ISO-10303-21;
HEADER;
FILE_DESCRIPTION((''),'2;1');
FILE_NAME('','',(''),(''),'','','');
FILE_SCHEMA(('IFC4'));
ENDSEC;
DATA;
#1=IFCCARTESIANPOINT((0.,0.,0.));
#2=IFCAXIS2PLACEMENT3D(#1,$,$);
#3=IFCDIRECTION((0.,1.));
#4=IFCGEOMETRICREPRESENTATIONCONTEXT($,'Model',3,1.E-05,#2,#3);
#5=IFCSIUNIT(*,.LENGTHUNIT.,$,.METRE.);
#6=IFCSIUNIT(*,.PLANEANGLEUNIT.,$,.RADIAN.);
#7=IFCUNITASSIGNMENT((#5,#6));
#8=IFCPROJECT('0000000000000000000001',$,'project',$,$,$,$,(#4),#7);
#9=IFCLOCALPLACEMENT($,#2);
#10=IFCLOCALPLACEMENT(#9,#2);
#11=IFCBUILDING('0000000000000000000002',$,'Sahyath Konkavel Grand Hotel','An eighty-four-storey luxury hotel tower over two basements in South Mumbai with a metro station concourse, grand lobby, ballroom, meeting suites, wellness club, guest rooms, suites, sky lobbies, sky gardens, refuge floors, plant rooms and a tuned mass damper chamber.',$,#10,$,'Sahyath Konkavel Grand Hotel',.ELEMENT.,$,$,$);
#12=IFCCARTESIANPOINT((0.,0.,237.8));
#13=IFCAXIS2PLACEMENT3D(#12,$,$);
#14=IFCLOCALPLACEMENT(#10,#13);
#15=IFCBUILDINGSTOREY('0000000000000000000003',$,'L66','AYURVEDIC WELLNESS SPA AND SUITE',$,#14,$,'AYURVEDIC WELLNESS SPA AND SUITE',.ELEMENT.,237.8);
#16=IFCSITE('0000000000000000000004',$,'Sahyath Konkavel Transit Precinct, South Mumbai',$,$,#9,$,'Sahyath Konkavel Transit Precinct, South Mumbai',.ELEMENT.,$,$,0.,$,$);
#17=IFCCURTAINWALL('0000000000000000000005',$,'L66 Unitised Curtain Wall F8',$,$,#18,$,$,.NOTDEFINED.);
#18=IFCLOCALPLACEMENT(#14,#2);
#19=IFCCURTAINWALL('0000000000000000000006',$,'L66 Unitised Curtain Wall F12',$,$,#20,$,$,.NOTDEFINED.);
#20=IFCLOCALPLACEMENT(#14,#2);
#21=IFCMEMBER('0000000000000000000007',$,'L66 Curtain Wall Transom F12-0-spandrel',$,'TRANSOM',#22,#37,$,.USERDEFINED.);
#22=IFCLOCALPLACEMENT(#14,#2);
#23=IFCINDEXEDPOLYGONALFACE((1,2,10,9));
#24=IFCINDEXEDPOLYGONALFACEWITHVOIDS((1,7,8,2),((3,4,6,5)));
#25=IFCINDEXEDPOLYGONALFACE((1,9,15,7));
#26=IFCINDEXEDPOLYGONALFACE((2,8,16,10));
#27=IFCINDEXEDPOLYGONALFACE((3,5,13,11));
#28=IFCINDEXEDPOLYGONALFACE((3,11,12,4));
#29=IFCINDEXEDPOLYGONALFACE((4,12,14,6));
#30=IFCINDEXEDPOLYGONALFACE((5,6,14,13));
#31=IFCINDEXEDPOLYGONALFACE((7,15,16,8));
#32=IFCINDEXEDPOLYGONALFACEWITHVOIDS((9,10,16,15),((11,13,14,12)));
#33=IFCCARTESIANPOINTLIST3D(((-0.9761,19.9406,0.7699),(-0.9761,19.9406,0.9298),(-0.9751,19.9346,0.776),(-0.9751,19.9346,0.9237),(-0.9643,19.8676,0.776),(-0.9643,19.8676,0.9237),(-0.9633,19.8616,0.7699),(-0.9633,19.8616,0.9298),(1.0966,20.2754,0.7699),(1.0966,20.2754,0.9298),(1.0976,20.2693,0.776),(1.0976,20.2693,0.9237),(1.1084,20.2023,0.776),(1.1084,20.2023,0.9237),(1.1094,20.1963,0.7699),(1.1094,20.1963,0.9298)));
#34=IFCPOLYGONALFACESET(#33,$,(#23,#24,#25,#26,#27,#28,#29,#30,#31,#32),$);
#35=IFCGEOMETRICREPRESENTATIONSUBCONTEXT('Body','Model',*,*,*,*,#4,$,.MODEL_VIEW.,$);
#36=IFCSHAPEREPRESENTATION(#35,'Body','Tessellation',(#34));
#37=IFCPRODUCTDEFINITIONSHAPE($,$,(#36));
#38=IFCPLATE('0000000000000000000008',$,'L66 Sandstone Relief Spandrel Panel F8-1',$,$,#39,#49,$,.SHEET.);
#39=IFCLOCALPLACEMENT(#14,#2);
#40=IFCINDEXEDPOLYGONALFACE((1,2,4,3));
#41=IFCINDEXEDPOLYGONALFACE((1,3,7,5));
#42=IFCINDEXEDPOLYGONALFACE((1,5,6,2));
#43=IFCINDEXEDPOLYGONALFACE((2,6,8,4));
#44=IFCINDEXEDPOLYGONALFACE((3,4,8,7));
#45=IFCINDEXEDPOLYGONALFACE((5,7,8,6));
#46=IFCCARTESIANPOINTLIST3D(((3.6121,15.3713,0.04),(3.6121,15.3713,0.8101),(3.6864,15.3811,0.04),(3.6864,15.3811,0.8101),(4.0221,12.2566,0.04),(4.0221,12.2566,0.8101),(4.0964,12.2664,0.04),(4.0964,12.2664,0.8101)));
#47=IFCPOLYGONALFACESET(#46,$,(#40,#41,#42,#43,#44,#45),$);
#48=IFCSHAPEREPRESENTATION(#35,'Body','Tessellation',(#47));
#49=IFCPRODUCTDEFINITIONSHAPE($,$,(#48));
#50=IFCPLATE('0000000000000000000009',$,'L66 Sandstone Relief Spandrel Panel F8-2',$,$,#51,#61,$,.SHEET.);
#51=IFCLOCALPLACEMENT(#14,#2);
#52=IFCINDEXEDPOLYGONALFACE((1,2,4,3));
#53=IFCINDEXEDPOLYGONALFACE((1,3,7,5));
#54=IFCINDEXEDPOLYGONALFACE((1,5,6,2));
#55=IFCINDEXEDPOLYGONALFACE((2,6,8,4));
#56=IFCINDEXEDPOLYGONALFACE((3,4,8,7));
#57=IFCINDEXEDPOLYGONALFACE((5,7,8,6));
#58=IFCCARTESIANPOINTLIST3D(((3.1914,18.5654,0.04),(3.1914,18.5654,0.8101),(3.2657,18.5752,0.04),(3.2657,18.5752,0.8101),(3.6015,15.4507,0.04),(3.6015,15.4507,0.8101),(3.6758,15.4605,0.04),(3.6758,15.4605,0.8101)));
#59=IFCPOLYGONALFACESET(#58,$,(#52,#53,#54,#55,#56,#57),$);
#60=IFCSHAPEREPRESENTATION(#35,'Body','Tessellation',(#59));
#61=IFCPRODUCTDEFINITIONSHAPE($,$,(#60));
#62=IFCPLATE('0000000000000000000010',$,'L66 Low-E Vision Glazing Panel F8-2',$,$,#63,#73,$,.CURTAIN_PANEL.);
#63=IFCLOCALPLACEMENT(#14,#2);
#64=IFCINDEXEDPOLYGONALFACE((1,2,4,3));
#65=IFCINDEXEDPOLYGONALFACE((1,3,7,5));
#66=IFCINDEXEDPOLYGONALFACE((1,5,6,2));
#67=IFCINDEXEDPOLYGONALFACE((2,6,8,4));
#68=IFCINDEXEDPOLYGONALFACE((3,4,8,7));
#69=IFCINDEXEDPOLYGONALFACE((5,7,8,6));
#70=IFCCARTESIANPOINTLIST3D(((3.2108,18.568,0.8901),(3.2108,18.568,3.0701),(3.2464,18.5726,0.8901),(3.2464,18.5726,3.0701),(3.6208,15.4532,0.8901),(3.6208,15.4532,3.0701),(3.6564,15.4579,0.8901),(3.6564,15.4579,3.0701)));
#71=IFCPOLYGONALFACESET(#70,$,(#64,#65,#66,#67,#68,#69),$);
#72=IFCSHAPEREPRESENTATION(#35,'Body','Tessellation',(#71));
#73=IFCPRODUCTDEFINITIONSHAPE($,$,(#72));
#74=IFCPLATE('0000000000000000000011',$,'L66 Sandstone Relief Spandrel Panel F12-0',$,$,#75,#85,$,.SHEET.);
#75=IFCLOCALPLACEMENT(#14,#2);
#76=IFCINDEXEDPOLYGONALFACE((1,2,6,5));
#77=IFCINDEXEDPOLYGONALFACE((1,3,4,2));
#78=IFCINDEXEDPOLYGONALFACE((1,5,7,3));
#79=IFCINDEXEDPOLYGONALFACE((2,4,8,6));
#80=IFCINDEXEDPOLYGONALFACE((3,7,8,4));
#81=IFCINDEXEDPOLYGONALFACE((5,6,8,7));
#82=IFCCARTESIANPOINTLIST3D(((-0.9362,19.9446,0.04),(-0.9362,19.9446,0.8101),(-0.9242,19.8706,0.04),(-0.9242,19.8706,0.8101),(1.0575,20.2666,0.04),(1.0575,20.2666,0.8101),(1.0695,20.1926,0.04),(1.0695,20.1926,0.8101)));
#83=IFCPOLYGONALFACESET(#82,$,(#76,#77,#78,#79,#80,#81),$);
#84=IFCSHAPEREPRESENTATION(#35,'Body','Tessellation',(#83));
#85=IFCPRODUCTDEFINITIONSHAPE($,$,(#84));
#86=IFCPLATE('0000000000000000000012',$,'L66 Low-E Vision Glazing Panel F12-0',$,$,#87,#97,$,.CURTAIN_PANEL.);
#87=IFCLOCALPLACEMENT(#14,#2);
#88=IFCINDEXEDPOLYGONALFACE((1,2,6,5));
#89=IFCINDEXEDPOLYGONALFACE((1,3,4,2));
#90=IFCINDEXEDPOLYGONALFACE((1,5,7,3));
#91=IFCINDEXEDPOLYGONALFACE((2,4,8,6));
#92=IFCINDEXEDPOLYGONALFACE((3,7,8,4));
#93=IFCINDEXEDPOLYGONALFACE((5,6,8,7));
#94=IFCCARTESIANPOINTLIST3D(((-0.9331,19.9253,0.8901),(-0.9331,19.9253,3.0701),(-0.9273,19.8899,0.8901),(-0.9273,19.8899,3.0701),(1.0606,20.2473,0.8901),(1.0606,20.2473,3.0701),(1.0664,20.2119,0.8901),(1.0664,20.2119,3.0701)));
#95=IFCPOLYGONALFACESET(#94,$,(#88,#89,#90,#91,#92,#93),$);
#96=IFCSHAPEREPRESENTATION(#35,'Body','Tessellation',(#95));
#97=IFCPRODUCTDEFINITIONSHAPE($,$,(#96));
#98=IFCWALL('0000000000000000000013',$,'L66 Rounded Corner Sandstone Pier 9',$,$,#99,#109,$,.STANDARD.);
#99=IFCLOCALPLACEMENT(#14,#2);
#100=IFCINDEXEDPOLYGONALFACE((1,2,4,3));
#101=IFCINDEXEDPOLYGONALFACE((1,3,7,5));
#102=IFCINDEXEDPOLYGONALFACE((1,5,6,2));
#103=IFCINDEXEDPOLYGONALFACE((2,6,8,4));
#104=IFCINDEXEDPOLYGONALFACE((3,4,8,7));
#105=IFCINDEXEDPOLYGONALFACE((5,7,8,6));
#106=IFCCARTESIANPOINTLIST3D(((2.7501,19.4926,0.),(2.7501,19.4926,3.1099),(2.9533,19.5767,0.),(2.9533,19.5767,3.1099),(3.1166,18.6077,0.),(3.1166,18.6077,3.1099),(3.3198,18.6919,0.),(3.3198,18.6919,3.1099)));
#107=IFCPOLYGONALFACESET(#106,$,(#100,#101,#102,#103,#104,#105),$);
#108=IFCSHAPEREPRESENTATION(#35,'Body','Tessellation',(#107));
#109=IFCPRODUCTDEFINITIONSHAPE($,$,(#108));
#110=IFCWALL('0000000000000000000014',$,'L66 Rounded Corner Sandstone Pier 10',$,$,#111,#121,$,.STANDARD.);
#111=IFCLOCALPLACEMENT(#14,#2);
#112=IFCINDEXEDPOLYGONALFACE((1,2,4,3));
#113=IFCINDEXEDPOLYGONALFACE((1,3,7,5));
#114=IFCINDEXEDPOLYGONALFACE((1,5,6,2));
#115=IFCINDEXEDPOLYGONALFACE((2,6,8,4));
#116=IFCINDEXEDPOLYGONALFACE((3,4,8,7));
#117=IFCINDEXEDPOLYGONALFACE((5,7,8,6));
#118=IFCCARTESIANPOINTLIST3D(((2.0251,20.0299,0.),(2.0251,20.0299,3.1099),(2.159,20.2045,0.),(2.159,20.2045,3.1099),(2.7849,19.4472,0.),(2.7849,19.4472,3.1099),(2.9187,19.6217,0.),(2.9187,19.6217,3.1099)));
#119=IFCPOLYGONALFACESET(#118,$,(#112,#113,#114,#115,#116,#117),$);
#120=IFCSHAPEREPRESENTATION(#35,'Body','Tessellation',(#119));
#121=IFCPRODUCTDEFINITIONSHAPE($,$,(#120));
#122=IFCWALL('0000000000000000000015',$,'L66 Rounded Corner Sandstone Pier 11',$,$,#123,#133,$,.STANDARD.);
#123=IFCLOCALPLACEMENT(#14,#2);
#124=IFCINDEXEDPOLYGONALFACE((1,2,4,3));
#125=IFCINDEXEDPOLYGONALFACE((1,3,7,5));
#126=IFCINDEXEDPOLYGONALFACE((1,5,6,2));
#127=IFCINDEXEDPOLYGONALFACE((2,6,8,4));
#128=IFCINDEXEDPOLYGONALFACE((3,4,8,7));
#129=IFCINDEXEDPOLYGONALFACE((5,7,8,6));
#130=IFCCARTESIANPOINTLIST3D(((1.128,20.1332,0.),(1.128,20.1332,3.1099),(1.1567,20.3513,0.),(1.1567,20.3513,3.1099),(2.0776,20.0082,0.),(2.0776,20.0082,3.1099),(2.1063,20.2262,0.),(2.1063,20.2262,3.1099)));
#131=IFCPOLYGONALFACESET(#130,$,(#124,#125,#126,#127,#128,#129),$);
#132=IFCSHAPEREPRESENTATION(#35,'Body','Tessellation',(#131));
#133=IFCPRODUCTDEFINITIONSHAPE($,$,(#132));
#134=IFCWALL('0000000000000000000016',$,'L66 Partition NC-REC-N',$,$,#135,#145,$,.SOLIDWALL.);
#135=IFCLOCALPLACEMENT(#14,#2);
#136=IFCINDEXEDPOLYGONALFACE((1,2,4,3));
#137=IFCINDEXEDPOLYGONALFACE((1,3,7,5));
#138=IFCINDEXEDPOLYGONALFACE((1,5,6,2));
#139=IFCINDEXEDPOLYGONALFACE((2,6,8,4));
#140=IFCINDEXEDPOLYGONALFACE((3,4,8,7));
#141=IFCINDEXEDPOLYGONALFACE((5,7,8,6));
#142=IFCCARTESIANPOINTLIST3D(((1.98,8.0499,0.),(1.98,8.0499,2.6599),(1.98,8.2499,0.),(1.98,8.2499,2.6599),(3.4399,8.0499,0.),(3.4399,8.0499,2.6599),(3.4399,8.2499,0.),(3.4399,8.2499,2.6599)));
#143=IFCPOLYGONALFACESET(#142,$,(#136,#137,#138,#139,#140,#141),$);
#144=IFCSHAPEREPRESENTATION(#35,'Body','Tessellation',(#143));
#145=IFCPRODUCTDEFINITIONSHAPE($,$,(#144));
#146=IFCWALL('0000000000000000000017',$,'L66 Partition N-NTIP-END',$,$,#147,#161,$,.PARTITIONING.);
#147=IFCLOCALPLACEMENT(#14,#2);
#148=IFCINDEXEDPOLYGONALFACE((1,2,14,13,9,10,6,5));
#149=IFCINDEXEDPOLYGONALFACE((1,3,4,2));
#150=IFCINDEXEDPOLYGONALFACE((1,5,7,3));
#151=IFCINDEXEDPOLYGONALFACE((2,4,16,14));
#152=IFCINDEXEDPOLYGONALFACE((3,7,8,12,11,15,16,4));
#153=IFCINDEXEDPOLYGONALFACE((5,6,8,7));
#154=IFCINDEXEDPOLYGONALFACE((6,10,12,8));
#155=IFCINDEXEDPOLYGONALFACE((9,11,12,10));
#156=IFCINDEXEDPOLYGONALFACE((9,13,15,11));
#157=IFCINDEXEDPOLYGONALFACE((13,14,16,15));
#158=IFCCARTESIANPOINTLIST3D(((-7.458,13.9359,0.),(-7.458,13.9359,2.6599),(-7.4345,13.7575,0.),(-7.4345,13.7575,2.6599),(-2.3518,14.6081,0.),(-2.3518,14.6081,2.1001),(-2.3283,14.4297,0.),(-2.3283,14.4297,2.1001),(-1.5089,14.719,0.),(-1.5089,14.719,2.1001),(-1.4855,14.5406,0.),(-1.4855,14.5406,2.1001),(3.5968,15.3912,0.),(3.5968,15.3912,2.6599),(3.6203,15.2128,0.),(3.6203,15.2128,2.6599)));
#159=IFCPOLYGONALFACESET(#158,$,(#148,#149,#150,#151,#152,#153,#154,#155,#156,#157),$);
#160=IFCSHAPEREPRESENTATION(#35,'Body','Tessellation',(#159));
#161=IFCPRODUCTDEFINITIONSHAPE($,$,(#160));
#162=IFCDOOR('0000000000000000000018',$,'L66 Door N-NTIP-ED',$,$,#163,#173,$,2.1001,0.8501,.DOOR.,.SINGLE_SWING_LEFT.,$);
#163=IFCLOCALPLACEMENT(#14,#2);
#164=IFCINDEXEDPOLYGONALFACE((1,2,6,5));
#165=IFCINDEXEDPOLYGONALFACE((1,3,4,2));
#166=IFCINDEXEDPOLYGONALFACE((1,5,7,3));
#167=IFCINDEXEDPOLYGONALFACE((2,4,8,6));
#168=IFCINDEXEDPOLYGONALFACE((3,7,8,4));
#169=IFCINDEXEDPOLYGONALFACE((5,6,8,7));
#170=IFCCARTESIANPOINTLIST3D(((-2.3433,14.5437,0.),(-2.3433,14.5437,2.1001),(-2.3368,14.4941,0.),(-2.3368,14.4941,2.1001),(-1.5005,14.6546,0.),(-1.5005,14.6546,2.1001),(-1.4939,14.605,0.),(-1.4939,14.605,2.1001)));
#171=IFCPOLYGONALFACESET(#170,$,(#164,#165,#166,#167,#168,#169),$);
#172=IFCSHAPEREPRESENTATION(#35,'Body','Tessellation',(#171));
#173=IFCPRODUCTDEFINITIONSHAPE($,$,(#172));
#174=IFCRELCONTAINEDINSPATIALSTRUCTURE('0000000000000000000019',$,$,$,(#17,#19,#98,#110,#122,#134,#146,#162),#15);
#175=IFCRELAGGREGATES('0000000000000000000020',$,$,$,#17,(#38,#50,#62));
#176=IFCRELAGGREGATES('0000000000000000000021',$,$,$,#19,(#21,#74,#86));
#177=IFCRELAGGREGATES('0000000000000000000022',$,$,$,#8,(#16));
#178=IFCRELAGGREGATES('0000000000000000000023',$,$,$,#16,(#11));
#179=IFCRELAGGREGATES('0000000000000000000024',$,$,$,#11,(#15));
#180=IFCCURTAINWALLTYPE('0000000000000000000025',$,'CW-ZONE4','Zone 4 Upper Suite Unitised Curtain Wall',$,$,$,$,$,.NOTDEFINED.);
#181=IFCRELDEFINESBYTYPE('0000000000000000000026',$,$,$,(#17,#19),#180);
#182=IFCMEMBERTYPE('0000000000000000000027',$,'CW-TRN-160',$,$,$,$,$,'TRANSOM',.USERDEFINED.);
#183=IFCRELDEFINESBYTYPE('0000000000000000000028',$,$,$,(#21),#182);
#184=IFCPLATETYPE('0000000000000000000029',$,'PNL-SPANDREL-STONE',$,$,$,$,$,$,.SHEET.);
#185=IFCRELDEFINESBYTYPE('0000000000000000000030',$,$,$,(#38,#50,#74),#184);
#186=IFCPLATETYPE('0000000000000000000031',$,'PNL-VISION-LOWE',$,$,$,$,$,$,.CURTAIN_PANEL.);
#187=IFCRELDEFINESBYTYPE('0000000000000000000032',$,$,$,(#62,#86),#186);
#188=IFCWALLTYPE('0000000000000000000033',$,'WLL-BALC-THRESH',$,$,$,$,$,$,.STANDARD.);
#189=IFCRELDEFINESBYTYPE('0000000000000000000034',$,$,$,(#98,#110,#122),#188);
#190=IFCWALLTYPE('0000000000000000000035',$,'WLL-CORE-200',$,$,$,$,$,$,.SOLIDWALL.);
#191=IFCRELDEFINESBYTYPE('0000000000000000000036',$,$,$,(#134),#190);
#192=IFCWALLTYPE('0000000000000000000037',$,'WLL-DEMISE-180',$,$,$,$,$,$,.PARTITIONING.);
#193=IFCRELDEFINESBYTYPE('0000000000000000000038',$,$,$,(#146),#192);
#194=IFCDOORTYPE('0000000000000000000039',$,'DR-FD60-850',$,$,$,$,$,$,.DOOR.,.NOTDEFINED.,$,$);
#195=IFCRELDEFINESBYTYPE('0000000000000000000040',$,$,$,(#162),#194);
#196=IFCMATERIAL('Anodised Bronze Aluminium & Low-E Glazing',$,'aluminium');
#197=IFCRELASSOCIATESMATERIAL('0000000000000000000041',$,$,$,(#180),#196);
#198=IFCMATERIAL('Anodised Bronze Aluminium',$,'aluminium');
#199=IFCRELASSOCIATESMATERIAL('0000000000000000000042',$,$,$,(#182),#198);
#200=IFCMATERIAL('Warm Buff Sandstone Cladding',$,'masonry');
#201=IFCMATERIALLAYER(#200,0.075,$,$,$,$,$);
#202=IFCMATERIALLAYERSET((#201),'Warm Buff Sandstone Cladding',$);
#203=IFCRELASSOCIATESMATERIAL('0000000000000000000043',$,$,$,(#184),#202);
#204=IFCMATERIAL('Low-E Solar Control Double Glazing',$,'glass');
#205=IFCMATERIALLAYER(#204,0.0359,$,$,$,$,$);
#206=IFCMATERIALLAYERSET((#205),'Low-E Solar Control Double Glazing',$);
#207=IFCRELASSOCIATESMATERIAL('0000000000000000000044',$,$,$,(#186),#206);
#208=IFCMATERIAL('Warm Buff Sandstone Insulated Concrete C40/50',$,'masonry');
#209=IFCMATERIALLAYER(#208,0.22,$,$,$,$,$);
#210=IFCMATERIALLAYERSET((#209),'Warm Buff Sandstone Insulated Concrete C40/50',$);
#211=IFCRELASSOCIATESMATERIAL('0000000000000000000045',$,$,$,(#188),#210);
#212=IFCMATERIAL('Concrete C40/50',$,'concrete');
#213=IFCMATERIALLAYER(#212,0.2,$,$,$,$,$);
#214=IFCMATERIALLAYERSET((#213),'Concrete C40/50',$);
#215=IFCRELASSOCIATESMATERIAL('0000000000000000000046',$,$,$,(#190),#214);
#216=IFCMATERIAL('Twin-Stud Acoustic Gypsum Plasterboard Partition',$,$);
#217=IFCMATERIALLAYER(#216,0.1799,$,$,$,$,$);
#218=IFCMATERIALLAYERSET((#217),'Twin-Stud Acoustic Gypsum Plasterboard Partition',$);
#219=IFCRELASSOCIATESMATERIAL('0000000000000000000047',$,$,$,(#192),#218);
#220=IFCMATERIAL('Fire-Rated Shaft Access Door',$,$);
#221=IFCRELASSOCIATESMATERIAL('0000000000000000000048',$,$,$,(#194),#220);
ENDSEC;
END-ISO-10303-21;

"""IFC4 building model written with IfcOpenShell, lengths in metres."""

from ifc_helpers import new_model, si_unit, direction, frame, frame_2d, origin, origin_2d, place, context, subcontext, project, spatial, rectangle, hollow_rectangle, extrude, source, transform, mapped, material, layer, layer_set, material_profile, profile_set, type_object, element, fill, aggregate, save


model = new_model("IFC4")

# Units and contexts
model_context = context("Model", 3, precision=1e-05, world=origin(), true_north=direction((0.0, 1.0)))
body_context = subcontext(model_context, "Body", "Model", "MODEL_VIEW")
ifc_project = project(units=[si_unit("LENGTHUNIT", "METRE"), si_unit("PLANEANGLEUNIT", "RADIAN")], contexts=[model_context])

# Site, building, storey
site_placement = place(None, origin())
site = spatial("IfcSite", under=ifc_project, at=site_placement, Name="Sahyath Konkavel Transit Precinct, South Mumbai", LongName="Sahyath Konkavel Transit Precinct, South Mumbai", CompositionType="ELEMENT", RefElevation=0.0)
building_placement = place(site_placement, origin())
building = spatial("IfcBuilding", under=site, at=building_placement, Name="Sahyath Konkavel Grand Hotel", Description="An eighty-four-storey luxury hotel tower over two basements in South Mumbai with a metro station concourse, grand lobby, ballroom, meeting suites, wellness club, guest rooms, suites, sky lobbies, sky gardens, refuge floors, plant rooms and a tuned mass damper chamber.", LongName="Sahyath Konkavel Grand Hotel", CompositionType="ELEMENT")
storey_placement = place(building_placement, frame((0.0, 0.0, 237.8)))
storey = spatial("IfcBuildingStorey", under=building, at=storey_placement, Name="L66", Description="AYURVEDIC WELLNESS SPA AND SUITE", LongName="AYURVEDIC WELLNESS SPA AND SUITE", CompositionType="ELEMENT", Elevation=237.8)

# Shared definitions
ifc_material_1 = material(Name="Concrete C40/50", Category="concrete")

# Curtain wall
ifc_material_2 = material(Name="Anodised Bronze Aluminium & Low-E Glazing", Category="aluminium")
curtain_wall_type = type_object("IfcCurtainWallType", Name="CW-ZONE4", Description="Zone 4 Upper Suite Unitised Curtain Wall", PredefinedType="NOTDEFINED", material=ifc_material_2)
curtain_wall_1_placement = place(storey_placement, origin())
curtain_wall_1 = element("IfcCurtainWall", 1, at=curtain_wall_1_placement, inside=storey, type_object=curtain_wall_type, Name="L66 Unitised Curtain Wall F8", PredefinedType="NOTDEFINED")
ifc_material_3 = material(Name="Anodised Bronze Aluminium", Category="aluminium")

# Curtain wall
curtain_wall_2_placement = place(storey_placement, origin())
curtain_wall_2 = element("IfcCurtainWall", 2, at=curtain_wall_2_placement, inside=storey, type_object=curtain_wall_type, Name="L66 Unitised Curtain Wall F12", PredefinedType="NOTDEFINED")

# Member
ifc_material_profile_1 = material_profile(ifc_material_3, hollow_rectangle(XDim=0.0801, YDim=0.1599, WallThickness=0.0061, at=origin_2d()), Name="RHS 160x80x6")
ifc_profile_set_1 = profile_set([ifc_material_profile_1], Name="Anodised Bronze Aluminium")
member_type_1 = type_object("IfcMemberType", Name="CW-TRN-160", ElementType="TRANSOM", PredefinedType="USERDEFINED", material=ifc_profile_set_1)
shared_shape_1 = source(origin(), body_context, "Body", "SweptSolid", [
    extrude(hollow_rectangle(XDim=0.0801, YDim=0.1599, WallThickness=0.0061, at=origin_2d()), origin(), (0.0, 0.0, 1.0), 2.0996),
])
member_1_placement = place(storey_placement, frame((1.103, 20.2358, 0.8499), z_axis=(-0.987211, -0.159419, 0.0), x_axis=(0.159419, -0.987211, 0.0)))
member_1 = element("IfcMember", 3, at=member_1_placement, type_object=member_type_1, Name="L66 Curtain Wall Transom F12-0-spandrel", ObjectType="TRANSOM", PredefinedType="USERDEFINED", context=body_context, shape_type="MappedRepresentation", body=[
    mapped(shared_shape_1, transform((0.0, 0.0, 0.0), scale=1.0)),
])

# Plates
ifc_material_4 = material(Name="Warm Buff Sandstone Cladding", Category="masonry")
ifc_layer_1 = layer(ifc_material_4, 0.075)
ifc_layer_set_1 = layer_set([ifc_layer_1], Name="Warm Buff Sandstone Cladding")
plate_type_1 = type_object("IfcPlateType", Name="PNL-SPANDREL-STONE", PredefinedType="SHEET", material=ifc_layer_set_1)
shared_shape_2 = source(origin(), body_context, "Body", "SweptSolid", [
    extrude(rectangle(XDim=3.1416, YDim=0.075, at=origin_2d()), origin(), (0.0, 0.0, 1.0), 0.77),
])
plate_1_placement = place(storey_placement, frame((3.8542, 13.8188, 0.04), z_axis=(0.0, 0.0, 1.0), x_axis=(-0.130526, 0.991445, 0.0)))
plate_1 = element("IfcPlate", 4, at=plate_1_placement, type_object=plate_type_1, Name="L66 Sandstone Relief Spandrel Panel F8-1", PredefinedType="SHEET", context=body_context, shape_type="MappedRepresentation", body=[
    mapped(shared_shape_2, transform((0.0, 0.0, 0.0), scale=1.0)),
])
plate_2_placement = place(storey_placement, frame((3.4336, 17.0129, 0.04), z_axis=(0.0, 0.0, 1.0), x_axis=(-0.130526, 0.991445, 0.0)))
plate_2 = element("IfcPlate", 5, at=plate_2_placement, type_object=plate_type_1, Name="L66 Sandstone Relief Spandrel Panel F8-2", PredefinedType="SHEET", context=body_context, shape_type="MappedRepresentation", body=[
    mapped(shared_shape_2, transform((0.0, 0.0, 0.0), scale=1.0)),
])
ifc_material_5 = material(Name="Low-E Solar Control Double Glazing", Category="glass")
ifc_layer_2 = layer(ifc_material_5, 0.0359)
ifc_layer_set_2 = layer_set([ifc_layer_2], Name="Low-E Solar Control Double Glazing")
plate_type_2 = type_object("IfcPlateType", Name="PNL-VISION-LOWE", PredefinedType="CURTAIN_PANEL", material=ifc_layer_set_2)
shared_shape_3 = source(origin(), body_context, "Body", "SweptSolid", [
    extrude(rectangle(XDim=3.1416, YDim=0.0359, at=origin_2d()), origin(), (0.0, 0.0, 1.0), 2.1799),
])
plate_3_placement = place(storey_placement, frame((3.4336, 17.0129, 0.8901), z_axis=(0.0, 0.0, 1.0), x_axis=(-0.130526, 0.991445, 0.0)))
plate_3 = element("IfcPlate", 6, at=plate_3_placement, type_object=plate_type_2, Name="L66 Low-E Vision Glazing Panel F8-2", PredefinedType="CURTAIN_PANEL", context=body_context, shape_type="MappedRepresentation", body=[
    mapped(shared_shape_3, transform((0.0, 0.0, 0.0), scale=1.0)),
])
aggregate(curtain_wall_1, [plate_1, plate_2, plate_3])
shared_shape_4 = source(origin(), body_context, "Body", "SweptSolid", [
    extrude(rectangle(XDim=2.0195, YDim=0.075, at=origin_2d()), origin(), (0.0, 0.0, 1.0), 0.77),
])
plate_4_placement = place(storey_placement, frame((0.0667, 20.0686, 0.04), z_axis=(0.0, 0.0, 1.0), x_axis=(-0.987206, -0.15945, 0.0)))
plate_4 = element("IfcPlate", 7, at=plate_4_placement, type_object=plate_type_1, Name="L66 Sandstone Relief Spandrel Panel F12-0", PredefinedType="SHEET", context=body_context, shape_type="MappedRepresentation", body=[
    mapped(shared_shape_4, transform((0.0, 0.0, 0.0), scale=1.0)),
])
shared_shape_5 = source(origin(), body_context, "Body", "SweptSolid", [
    extrude(rectangle(XDim=2.0195, YDim=0.0359, at=origin_2d()), origin(), (0.0, 0.0, 1.0), 2.1799),
])
plate_5_placement = place(storey_placement, frame((0.0667, 20.0686, 0.8901), z_axis=(0.0, 0.0, 1.0), x_axis=(-0.987206, -0.15945, 0.0)))
plate_5 = element("IfcPlate", 8, at=plate_5_placement, type_object=plate_type_2, Name="L66 Low-E Vision Glazing Panel F12-0", PredefinedType="CURTAIN_PANEL", context=body_context, shape_type="MappedRepresentation", body=[
    mapped(shared_shape_5, transform((0.0, 0.0, 0.0), scale=1.0)),
])
aggregate(curtain_wall_2, [member_1, plate_4, plate_5])

# Walls
ifc_material_6 = material(Name="Warm Buff Sandstone Insulated Concrete C40/50", Category="masonry")
ifc_layer_3 = layer(ifc_material_6, 0.22)
ifc_layer_set_3 = layer_set([ifc_layer_3], Name="Warm Buff Sandstone Insulated Concrete C40/50")
wall_type_1 = type_object("IfcWallType", Name="WLL-BALC-THRESH", PredefinedType="STANDARD", material=ifc_layer_set_3)
wall_1_placement = place(storey_placement, frame((3.2183, 18.6497, 0.0), z_axis=(0.0, 0.0, 1.0), x_axis=(-0.38266, 0.923889, 0.0)))
element("IfcWall", 9, at=wall_1_placement, inside=storey, type_object=wall_type_1, Name="L66 Rounded Corner Sandstone Pier 9", PredefinedType="STANDARD", context=body_context, shape_type="SweptSolid", body=[
    extrude(rectangle(XDim=0.9578, YDim=0.22, at=frame_2d((0.479, 0.0))), origin(), (0.0, 0.0, 1.0), 3.1099),
])
wall_2_placement = place(storey_placement, frame((2.8518, 19.5344, 0.0), z_axis=(0.0, 0.0, 1.0), x_axis=(-0.793467, 0.608614, 0.0)))
element("IfcWall", 10, at=wall_2_placement, inside=storey, type_object=wall_type_1, Name="L66 Rounded Corner Sandstone Pier 10", PredefinedType="STANDARD", context=body_context, shape_type="SweptSolid", body=[
    extrude(rectangle(XDim=0.9575, YDim=0.22, at=frame_2d((0.4788, 0.0))), origin(), (0.0, 0.0, 1.0), 3.1099),
])
wall_3_placement = place(storey_placement, frame((2.092, 20.1172, 0.0), z_axis=(0.0, 0.0, 1.0), x_axis=(-0.991445, 0.130527, 0.0)))
element("IfcWall", 11, at=wall_3_placement, inside=storey, type_object=wall_type_1, Name="L66 Rounded Corner Sandstone Pier 11", PredefinedType="STANDARD", context=body_context, shape_type="SweptSolid", body=[
    extrude(rectangle(XDim=0.9578, YDim=0.22, at=frame_2d((0.479, 0.0))), origin(), (0.0, 0.0, 1.0), 3.1099),
])
ifc_layer_4 = layer(ifc_material_1, 0.2)
ifc_layer_set_4 = layer_set([ifc_layer_4], Name="Concrete C40/50")
wall_type_2 = type_object("IfcWallType", Name="WLL-CORE-200", PredefinedType="SOLIDWALL", material=ifc_layer_set_4)
wall_4_placement = place(storey_placement, frame((1.98, 8.1499, 0.0), z_axis=(0.0, 0.0, 1.0), x_axis=(1.0, 0.0, 0.0)))
element("IfcWall", 12, at=wall_4_placement, inside=storey, type_object=wall_type_2, Name="L66 Partition NC-REC-N", PredefinedType="SOLIDWALL", context=body_context, shape_type="SweptSolid", body=[
    extrude(rectangle(XDim=1.46, YDim=0.2, at=frame_2d((0.73, 0.0))), origin(), (0.0, 0.0, 1.0), 2.6599),
])

# Wall, opening, door
ifc_material_7 = material(Name="Twin-Stud Acoustic Gypsum Plasterboard Partition")
ifc_layer_5 = layer(ifc_material_7, 0.1799)
ifc_layer_set_5 = layer_set([ifc_layer_5], Name="Twin-Stud Acoustic Gypsum Plasterboard Partition")
wall_type_3 = type_object("IfcWallType", Name="WLL-DEMISE-180", PredefinedType="PARTITIONING", material=ifc_layer_set_5)
wall_5_placement = place(storey_placement, frame((3.6086, 15.302, 0.0), z_axis=(0.0, 0.0, 1.0), x_axis=(-0.991445, -0.130521, 0.0)))
wall_5 = element("IfcWall", 13, at=wall_5_placement, inside=storey, type_object=wall_type_3, Name="L66 Partition N-NTIP-END", PredefinedType="PARTITIONING", context=body_context, shape_type="SweptSolid", body=[
    extrude(rectangle(XDim=11.1501, YDim=0.1799, at=frame_2d((5.5752, 0.0))), origin(), (0.0, 0.0, 1.0), 2.6599),
])
opening_1_placement = place(wall_5_placement, frame((5.1499, 0.0, 0.0)))
opening_1 = element("IfcOpeningElement", 14, at=opening_1_placement, cuts=wall_5, PredefinedType="OPENING", context=body_context, shape_type="SweptSolid", body=[
    extrude(rectangle(XDim=0.8501, YDim=2.1001, at=frame_2d((0.425, 1.05))), frame((0.0, 0.1001, 0.0), z_axis=(0.0, -1.0, 0.0), x_axis=(1.0, 0.0, 0.0)), (0.0, 0.0, 1.0), 0.2),
])
ifc_material_8 = material(Name="Fire-Rated Shaft Access Door")
door_type_1 = type_object("IfcDoorType", Name="DR-FD60-850", OperationType="NOTDEFINED", PredefinedType="DOOR", material=ifc_material_8)
shared_shape_6 = source(origin(), body_context, "Body", "SweptSolid", [
    extrude(rectangle(XDim=0.8501, YDim=0.05, at=origin_2d()), origin(), (0.0, 0.0, 1.0), 2.1001),
])
door_1_placement = place(opening_1_placement, frame((0.425, 0.0, 0.0)))
door_1 = element("IfcDoor", 15, at=door_1_placement, inside=storey, type_object=door_type_1, Name="L66 Door N-NTIP-ED", OperationType="SINGLE_SWING_LEFT", OverallHeight=2.1001, OverallWidth=0.8501, PredefinedType="DOOR", context=body_context, shape_type="MappedRepresentation", body=[
    mapped(shared_shape_6, transform((0.0, 0.0, 0.0), scale=1.0)),
])
fill(opening_1, door_1)

save(model, "model.ifc")
